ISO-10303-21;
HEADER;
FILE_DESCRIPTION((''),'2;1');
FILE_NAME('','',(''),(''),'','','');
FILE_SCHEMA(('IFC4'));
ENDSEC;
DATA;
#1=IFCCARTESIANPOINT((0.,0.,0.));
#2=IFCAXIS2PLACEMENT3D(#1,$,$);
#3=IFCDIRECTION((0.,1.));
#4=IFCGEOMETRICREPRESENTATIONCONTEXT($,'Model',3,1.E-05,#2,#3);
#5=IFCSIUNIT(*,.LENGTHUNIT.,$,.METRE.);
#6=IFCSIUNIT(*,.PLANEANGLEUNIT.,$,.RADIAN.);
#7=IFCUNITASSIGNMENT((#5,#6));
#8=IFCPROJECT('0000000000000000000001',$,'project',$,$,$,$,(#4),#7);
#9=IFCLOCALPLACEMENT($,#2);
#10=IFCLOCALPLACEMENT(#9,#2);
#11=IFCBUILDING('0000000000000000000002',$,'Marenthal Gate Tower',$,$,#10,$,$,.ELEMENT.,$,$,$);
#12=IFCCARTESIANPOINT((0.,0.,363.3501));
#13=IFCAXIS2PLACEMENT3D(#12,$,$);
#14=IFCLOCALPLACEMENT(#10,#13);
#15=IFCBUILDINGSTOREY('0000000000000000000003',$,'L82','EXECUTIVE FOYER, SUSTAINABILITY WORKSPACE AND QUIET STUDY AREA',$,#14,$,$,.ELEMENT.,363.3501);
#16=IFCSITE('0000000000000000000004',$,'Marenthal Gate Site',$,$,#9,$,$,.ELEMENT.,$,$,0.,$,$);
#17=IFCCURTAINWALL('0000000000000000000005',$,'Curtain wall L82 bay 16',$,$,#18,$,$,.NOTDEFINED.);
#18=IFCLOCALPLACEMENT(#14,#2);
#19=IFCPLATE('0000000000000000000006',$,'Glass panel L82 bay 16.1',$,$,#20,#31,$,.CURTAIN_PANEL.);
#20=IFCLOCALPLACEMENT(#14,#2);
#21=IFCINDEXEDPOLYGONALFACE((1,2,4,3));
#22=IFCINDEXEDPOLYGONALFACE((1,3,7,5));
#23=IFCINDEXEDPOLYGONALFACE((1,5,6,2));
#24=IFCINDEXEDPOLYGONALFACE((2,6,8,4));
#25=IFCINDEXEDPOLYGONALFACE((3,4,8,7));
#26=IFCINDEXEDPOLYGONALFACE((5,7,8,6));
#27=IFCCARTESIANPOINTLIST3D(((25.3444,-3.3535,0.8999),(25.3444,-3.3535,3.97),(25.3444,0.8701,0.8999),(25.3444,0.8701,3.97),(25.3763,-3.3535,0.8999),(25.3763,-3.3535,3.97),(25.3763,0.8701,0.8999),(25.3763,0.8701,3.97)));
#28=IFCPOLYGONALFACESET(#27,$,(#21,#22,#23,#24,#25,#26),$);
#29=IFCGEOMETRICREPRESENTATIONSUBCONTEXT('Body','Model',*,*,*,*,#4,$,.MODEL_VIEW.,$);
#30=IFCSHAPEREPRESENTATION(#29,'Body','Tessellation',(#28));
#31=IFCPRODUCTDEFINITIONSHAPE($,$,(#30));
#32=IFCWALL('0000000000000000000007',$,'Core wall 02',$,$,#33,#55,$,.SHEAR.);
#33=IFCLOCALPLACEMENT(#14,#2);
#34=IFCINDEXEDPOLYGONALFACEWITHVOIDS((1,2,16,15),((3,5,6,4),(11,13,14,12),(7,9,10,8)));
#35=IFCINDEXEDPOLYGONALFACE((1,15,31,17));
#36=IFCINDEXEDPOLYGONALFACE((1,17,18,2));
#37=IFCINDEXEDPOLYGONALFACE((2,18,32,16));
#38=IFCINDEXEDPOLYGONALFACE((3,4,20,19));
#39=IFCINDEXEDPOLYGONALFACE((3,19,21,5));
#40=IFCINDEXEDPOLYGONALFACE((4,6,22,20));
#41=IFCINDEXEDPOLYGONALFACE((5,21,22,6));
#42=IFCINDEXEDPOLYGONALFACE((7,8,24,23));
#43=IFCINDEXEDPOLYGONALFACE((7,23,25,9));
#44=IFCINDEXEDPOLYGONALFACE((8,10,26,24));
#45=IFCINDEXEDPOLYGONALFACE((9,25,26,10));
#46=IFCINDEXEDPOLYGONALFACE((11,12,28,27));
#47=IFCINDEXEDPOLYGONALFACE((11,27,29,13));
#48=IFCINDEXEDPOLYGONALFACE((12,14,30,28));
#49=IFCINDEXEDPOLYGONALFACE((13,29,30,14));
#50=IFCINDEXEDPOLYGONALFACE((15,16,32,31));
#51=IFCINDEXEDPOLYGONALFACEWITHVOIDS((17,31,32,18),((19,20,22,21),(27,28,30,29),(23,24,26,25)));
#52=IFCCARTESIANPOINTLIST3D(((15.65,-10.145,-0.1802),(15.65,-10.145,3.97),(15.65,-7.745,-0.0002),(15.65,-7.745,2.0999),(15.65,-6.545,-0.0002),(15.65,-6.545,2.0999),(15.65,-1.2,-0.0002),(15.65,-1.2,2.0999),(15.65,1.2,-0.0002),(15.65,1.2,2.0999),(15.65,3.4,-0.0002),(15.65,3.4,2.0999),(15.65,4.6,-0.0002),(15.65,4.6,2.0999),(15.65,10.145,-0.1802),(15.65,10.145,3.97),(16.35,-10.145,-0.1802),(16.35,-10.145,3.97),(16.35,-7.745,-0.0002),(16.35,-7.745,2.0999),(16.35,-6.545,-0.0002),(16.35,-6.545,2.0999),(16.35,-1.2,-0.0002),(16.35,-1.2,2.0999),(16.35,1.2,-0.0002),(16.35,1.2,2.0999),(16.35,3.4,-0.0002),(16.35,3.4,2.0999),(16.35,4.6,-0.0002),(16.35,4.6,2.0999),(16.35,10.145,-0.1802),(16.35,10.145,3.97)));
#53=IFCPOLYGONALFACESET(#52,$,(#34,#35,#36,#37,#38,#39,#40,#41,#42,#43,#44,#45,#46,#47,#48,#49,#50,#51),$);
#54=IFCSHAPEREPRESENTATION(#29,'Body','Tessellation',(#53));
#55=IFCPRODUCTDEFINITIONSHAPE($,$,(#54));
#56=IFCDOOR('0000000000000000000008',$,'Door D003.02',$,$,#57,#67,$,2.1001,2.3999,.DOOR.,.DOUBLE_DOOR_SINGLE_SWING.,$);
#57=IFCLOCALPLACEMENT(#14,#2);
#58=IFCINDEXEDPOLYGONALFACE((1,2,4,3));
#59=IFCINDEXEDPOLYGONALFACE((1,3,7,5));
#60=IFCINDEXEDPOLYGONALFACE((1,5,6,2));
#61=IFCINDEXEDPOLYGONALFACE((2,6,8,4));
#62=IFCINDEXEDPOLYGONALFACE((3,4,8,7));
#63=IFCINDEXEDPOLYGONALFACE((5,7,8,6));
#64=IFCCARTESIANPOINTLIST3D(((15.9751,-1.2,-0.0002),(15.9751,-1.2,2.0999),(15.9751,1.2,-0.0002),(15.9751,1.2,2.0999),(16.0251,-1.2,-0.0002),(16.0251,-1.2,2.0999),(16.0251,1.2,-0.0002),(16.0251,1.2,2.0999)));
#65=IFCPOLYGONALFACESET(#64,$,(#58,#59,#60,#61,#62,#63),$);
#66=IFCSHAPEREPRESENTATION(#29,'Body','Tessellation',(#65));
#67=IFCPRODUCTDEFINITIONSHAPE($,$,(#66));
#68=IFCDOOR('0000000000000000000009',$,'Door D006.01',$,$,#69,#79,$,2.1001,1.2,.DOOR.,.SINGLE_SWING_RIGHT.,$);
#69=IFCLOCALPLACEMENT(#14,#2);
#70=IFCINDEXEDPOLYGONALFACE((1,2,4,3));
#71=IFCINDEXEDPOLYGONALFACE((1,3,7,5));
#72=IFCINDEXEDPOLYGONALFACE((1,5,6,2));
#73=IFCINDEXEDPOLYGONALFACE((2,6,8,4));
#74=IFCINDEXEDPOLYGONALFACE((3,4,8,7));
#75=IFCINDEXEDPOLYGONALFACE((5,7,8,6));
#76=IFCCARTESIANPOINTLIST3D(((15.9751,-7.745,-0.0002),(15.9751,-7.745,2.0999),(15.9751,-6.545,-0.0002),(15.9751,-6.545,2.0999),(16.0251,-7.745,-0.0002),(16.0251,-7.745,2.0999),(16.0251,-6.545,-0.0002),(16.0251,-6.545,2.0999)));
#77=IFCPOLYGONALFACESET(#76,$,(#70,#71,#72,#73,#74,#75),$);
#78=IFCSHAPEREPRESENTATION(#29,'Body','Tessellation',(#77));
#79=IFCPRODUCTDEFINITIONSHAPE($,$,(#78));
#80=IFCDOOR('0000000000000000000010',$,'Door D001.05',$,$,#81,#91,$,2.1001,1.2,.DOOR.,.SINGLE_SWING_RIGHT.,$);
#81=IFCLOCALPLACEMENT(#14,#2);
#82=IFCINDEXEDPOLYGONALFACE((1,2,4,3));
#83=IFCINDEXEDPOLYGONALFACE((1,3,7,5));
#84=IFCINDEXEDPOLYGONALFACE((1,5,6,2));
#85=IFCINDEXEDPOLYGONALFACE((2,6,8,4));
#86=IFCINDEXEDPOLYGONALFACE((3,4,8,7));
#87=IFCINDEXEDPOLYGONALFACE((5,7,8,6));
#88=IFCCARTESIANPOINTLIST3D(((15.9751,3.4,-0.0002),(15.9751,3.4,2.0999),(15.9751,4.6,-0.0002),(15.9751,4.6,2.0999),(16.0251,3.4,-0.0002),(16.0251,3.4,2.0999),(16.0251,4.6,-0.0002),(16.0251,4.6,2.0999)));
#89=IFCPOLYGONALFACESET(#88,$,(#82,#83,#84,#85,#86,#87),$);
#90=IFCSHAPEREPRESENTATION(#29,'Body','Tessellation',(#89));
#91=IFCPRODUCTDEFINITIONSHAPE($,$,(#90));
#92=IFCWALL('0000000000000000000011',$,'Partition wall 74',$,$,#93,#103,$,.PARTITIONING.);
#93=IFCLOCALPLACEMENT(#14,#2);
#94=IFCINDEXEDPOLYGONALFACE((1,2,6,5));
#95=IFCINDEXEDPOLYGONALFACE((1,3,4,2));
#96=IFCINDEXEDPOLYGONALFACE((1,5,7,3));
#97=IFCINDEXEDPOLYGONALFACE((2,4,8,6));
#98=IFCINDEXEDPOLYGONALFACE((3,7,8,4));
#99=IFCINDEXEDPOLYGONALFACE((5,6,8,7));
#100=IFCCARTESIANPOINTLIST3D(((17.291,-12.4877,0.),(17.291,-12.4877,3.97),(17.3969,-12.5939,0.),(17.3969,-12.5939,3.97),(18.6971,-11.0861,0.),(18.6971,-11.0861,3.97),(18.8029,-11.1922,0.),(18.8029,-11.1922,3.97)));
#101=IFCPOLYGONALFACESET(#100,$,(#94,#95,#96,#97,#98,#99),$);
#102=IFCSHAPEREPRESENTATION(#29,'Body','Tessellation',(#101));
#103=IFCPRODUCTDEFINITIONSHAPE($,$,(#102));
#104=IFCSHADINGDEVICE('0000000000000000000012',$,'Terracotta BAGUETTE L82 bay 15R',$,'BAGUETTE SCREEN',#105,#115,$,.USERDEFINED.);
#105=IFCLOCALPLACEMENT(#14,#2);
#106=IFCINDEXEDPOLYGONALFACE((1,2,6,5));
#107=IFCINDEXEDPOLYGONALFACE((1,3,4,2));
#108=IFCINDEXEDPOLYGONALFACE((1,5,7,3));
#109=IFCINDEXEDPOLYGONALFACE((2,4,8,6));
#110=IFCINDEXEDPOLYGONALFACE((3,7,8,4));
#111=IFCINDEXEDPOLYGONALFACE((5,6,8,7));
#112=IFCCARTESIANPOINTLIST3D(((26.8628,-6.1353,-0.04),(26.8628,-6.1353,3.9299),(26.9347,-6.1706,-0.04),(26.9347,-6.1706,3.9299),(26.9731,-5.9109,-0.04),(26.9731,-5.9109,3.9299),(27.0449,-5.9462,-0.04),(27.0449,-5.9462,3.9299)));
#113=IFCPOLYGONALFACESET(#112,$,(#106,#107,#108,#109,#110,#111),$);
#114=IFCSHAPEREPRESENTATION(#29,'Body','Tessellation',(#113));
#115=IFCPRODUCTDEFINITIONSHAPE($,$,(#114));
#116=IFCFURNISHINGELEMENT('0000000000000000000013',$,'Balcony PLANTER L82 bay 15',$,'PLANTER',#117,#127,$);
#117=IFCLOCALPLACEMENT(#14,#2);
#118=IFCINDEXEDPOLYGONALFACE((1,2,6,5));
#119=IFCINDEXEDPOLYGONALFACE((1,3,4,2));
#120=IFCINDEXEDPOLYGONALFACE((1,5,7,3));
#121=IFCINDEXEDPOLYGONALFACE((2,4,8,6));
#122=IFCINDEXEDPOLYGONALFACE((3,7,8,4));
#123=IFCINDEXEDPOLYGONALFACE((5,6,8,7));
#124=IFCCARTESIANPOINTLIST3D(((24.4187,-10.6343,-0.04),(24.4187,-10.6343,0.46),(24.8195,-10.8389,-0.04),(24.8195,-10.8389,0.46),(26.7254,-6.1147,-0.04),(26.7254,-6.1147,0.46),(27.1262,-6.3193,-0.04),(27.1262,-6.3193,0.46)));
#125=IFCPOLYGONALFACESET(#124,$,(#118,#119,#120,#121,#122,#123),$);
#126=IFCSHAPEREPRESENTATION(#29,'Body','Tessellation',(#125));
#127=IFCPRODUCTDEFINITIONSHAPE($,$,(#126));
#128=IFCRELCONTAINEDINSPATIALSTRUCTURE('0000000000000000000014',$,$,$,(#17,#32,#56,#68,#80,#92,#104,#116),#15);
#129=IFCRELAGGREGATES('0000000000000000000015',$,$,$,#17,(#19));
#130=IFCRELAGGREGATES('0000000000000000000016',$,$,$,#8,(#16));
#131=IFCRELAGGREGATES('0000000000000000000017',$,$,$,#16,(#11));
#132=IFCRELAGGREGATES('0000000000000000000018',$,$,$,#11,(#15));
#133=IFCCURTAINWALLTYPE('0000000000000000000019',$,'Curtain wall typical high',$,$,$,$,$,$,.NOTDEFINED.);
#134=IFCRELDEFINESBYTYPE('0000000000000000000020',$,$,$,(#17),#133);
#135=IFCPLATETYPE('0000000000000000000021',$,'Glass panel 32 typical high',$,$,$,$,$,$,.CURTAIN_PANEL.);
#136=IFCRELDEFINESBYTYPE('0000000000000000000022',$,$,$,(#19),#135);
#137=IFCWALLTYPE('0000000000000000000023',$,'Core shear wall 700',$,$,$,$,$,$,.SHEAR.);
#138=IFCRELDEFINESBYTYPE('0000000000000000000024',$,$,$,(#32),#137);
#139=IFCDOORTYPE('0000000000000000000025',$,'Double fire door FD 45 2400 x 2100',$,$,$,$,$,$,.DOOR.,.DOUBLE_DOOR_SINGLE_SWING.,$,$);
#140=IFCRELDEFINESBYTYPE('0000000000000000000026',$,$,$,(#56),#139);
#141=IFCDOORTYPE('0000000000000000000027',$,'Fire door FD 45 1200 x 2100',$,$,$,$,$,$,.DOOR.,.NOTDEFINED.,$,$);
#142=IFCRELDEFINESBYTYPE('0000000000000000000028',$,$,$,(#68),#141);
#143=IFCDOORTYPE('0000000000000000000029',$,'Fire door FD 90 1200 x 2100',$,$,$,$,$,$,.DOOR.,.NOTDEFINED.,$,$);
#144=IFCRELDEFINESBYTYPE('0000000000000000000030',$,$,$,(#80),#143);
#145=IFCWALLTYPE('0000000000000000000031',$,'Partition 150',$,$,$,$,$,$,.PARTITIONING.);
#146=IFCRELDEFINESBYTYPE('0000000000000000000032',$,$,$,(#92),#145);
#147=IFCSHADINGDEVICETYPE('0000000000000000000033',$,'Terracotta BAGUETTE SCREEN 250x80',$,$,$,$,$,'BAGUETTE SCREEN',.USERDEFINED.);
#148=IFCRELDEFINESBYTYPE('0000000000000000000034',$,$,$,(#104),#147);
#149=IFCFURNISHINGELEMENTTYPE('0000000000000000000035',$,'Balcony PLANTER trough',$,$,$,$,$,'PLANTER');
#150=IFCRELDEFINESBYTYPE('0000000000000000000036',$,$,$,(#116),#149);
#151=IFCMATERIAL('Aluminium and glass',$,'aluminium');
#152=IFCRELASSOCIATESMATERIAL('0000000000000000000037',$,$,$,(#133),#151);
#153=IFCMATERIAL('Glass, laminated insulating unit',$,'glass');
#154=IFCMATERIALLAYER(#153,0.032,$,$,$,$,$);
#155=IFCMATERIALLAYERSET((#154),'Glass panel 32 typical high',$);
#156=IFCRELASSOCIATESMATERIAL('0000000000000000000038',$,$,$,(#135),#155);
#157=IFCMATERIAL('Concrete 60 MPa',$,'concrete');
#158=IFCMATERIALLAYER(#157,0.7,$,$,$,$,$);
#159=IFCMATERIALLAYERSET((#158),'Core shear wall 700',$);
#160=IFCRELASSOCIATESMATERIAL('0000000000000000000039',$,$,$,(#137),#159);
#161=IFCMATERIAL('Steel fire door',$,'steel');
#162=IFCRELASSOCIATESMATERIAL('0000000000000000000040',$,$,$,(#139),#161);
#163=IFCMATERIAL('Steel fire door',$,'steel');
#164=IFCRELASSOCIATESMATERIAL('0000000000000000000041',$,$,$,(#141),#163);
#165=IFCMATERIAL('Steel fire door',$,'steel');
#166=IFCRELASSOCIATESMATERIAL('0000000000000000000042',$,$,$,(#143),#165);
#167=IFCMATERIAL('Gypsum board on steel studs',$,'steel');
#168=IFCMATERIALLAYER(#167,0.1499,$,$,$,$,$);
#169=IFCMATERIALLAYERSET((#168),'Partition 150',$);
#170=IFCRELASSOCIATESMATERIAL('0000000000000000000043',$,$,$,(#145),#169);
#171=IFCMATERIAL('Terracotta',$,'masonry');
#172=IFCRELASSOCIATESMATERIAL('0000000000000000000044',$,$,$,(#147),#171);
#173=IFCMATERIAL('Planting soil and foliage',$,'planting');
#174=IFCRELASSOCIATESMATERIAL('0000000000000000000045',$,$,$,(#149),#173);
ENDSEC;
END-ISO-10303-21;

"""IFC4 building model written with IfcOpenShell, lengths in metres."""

from ifc_helpers import new_model, si_unit, direction, frame, frame_2d, origin, origin_2d, place, context, subcontext, project, spatial, rectangle, extrude, material, layer, layer_set, material_profile, profile_set, type_object, element, fill, aggregate, save


model = new_model("IFC4")

# Units and contexts
model_context = context("Model", 3, precision=1e-05, world=origin(), true_north=direction((0.0, 1.0)))
body_context = subcontext(model_context, "Body", "Model", "MODEL_VIEW")
ifc_project = project(units=[si_unit("LENGTHUNIT", "METRE"), si_unit("PLANEANGLEUNIT", "RADIAN")], contexts=[model_context])

# Site, building, storey
site_placement = place(None, origin())
site = spatial("IfcSite", under=ifc_project, at=site_placement, Name="Marenthal Gate Site", CompositionType="ELEMENT", RefElevation=0.0)
building_placement = place(site_placement, origin())
building = spatial("IfcBuilding", under=site, at=building_placement, Name="Marenthal Gate Tower", CompositionType="ELEMENT")
storey_placement = place(building_placement, frame((0.0, 0.0, 363.3501)))
storey = spatial("IfcBuildingStorey", under=building, at=storey_placement, Name="L82", Description="EXECUTIVE FOYER, SUSTAINABILITY WORKSPACE AND QUIET STUDY AREA", CompositionType="ELEMENT", Elevation=363.3501)

# Curtain wall
ifc_material_1 = material(Name="Aluminium and glass", Category="aluminium")
curtain_wall_type = type_object("IfcCurtainWallType", Name="Curtain wall typical high", PredefinedType="NOTDEFINED", material=ifc_material_1)
curtain_wall_placement = place(storey_placement, origin())
curtain_wall = element("IfcCurtainWall", 1, at=curtain_wall_placement, inside=storey, type_object=curtain_wall_type, Name="Curtain wall L82 bay 16", PredefinedType="NOTDEFINED")

# Plate
ifc_material_2 = material(Name="Glass, laminated insulating unit", Category="glass")
ifc_layer_1 = layer(ifc_material_2, 0.032)
ifc_layer_set_1 = layer_set([ifc_layer_1], Name="Glass panel 32 typical high")
plate_type = type_object("IfcPlateType", Name="Glass panel 32 typical high", PredefinedType="CURTAIN_PANEL", material=ifc_layer_set_1)
plate_placement = place(storey_placement, frame((25.3604, -1.2417, 0.8999), z_axis=(0.0, 0.0, 1.0), x_axis=(0.0, 1.0, 0.0)))
plate = element("IfcPlate", 2, at=plate_placement, type_object=plate_type, Name="Glass panel L82 bay 16.1", PredefinedType="CURTAIN_PANEL", context=body_context, shape_type="SweptSolid", body=[
    extrude(rectangle(XDim=4.2236, YDim=0.032, at=origin_2d()), origin(), (0.0, 0.0, 1.0), 3.0701),
])
aggregate(curtain_wall, [plate])

# Wall, openings, doors
ifc_material_3 = material(Name="Concrete 60 MPa", Category="concrete")
ifc_layer_2 = layer(ifc_material_3, 0.7)
ifc_layer_set_2 = layer_set([ifc_layer_2], Name="Core shear wall 700")
wall_type_1 = type_object("IfcWallType", Name="Core shear wall 700", PredefinedType="SHEAR", material=ifc_layer_set_2)
wall_1_placement = place(storey_placement, frame((16.0, -10.145, -0.1802), z_axis=(0.0, 0.0, 1.0), x_axis=(0.0, 1.0, 0.0)))
wall_1 = element("IfcWall", 3, at=wall_1_placement, inside=storey, type_object=wall_type_1, Name="Core wall 02", PredefinedType="SHEAR", context=body_context, shape_type="SweptSolid", body=[
    extrude(rectangle(XDim=20.29, YDim=0.7, at=frame_2d((10.145, 0.0))), origin(), (0.0, 0.0, 1.0), 4.1501),
])
opening_1_placement = place(wall_1_placement, frame((8.9451, 0.0, 0.1799)))
opening_1 = element("IfcOpeningElement", 4, at=opening_1_placement, cuts=wall_1, PredefinedType="OPENING", context=body_context, shape_type="SweptSolid", body=[
    extrude(rectangle(XDim=2.3999, YDim=2.1001, at=frame_2d((1.2, 1.05))), frame((0.0, 0.3599, 0.0), z_axis=(0.0, -1.0, 0.0), x_axis=(1.0, 0.0, 0.0)), (0.0, 0.0, 1.0), 0.72),
])
opening_2_placement = place(wall_1_placement, frame((13.5449, 0.0, 0.1799)))
opening_2 = element("IfcOpeningElement", 5, at=opening_2_placement, cuts=wall_1, PredefinedType="OPENING", context=body_context, shape_type="SweptSolid", body=[
    extrude(rectangle(XDim=1.2, YDim=2.1001, at=frame_2d((0.6001, 1.05))), frame((0.0, 0.3599, 0.0), z_axis=(0.0, -1.0, 0.0), x_axis=(1.0, 0.0, 0.0)), (0.0, 0.0, 1.0), 0.72),
])
opening_3_placement = place(wall_1_placement, frame((2.3999, 0.0, 0.1799)))
opening_3 = element("IfcOpeningElement", 6, at=opening_3_placement, cuts=wall_1, PredefinedType="OPENING", context=body_context, shape_type="SweptSolid", body=[
    extrude(rectangle(XDim=1.2, YDim=2.1001, at=frame_2d((0.6001, 1.05))), frame((0.0, 0.3599, 0.0), z_axis=(0.0, -1.0, 0.0), x_axis=(1.0, 0.0, 0.0)), (0.0, 0.0, 1.0), 0.72),
])
ifc_material_4 = material(Name="Steel fire door", Category="steel")
door_type_1 = type_object("IfcDoorType", Name="Double fire door FD 45 2400 x 2100", OperationType="DOUBLE_DOOR_SINGLE_SWING", PredefinedType="DOOR", material=ifc_material_4)
door_1_placement = place(opening_1_placement, origin())
door_1 = element("IfcDoor", 7, at=door_1_placement, inside=storey, type_object=door_type_1, Name="Door D003.02", OperationType="DOUBLE_DOOR_SINGLE_SWING", OverallHeight=2.1001, OverallWidth=2.3999, PredefinedType="DOOR", context=body_context, shape_type="SweptSolid", body=[
    extrude(rectangle(XDim=2.3999, YDim=2.1001, at=frame_2d((1.2, 1.05))), frame((0.0, 0.0249, 0.0), z_axis=(0.0, -1.0, 0.0), x_axis=(1.0, 0.0, 0.0)), (0.0, 0.0, 1.0), 0.05),
])
fill(opening_1, door_1)
ifc_material_5 = material(Name="Steel fire door", Category="steel")
door_type_2 = type_object("IfcDoorType", Name="Fire door FD 45 1200 x 2100", OperationType="NOTDEFINED", PredefinedType="DOOR", material=ifc_material_5)
door_2_placement = place(opening_3_placement, origin())
door_2 = element("IfcDoor", 8, at=door_2_placement, inside=storey, type_object=door_type_2, Name="Door D006.01", OperationType="SINGLE_SWING_RIGHT", OverallHeight=2.1001, OverallWidth=1.2, PredefinedType="DOOR", context=body_context, shape_type="SweptSolid", body=[
    extrude(rectangle(XDim=1.2, YDim=2.1001, at=frame_2d((0.6001, 1.05))), frame((0.0, 0.0249, 0.0), z_axis=(0.0, -1.0, 0.0), x_axis=(1.0, 0.0, 0.0)), (0.0, 0.0, 1.0), 0.05),
])
fill(opening_3, door_2)
ifc_material_6 = material(Name="Steel fire door", Category="steel")
door_type_3 = type_object("IfcDoorType", Name="Fire door FD 90 1200 x 2100", OperationType="NOTDEFINED", PredefinedType="DOOR", material=ifc_material_6)
door_3_placement = place(opening_2_placement, origin())
door_3 = element("IfcDoor", 9, at=door_3_placement, inside=storey, type_object=door_type_3, Name="Door D001.05", OperationType="SINGLE_SWING_RIGHT", OverallHeight=2.1001, OverallWidth=1.2, PredefinedType="DOOR", context=body_context, shape_type="SweptSolid", body=[
    extrude(rectangle(XDim=1.2, YDim=2.1001, at=frame_2d((0.6001, 1.05))), frame((0.0, 0.0249, 0.0), z_axis=(0.0, -1.0, 0.0), x_axis=(1.0, 0.0, 0.0)), (0.0, 0.0, 1.0), 0.05),
])
fill(opening_2, door_3)

# Wall
ifc_material_7 = material(Name="Gypsum board on steel studs", Category="steel")
ifc_layer_3 = layer(ifc_material_7, 0.1499)
ifc_layer_set_3 = layer_set([ifc_layer_3], Name="Partition 150")
wall_type_2 = type_object("IfcWallType", Name="Partition 150", PredefinedType="PARTITIONING", material=ifc_layer_set_3)
wall_2_placement = place(storey_placement, frame((18.75, -11.1392, 0.0), z_axis=(0.0, 0.0, 1.0), x_axis=(-0.708213, -0.705999, 0.0)))
element("IfcWall", 10, at=wall_2_placement, inside=storey, type_object=wall_type_2, Name="Partition wall 74", PredefinedType="PARTITIONING", context=body_context, shape_type="SweptSolid", body=[
    extrude(rectangle(XDim=1.9854, YDim=0.1499, at=frame_2d((0.9927, 0.0))), origin(), (0.0, 0.0, 1.0), 3.97),
])

# Shading device
ifc_material_8 = material(Name="Terracotta", Category="masonry")
ifc_material_profile_1 = material_profile(ifc_material_8, rectangle(XDim=0.25, YDim=0.0801, at=origin_2d()), Name="Terracotta baguette 250x80")
ifc_profile_set_1 = profile_set([ifc_material_profile_1], Name="Terracotta")
shading_device_type = type_object("IfcShadingDeviceType", Name="Terracotta BAGUETTE SCREEN 250x80", ElementType="BAGUETTE SCREEN", PredefinedType="USERDEFINED", material=ifc_profile_set_1)
shading_device_placement = place(storey_placement, frame((26.9539, -6.0408, -0.04), z_axis=(0.0, 0.0, 1.0), x_axis=(0.441063, 0.897476, 0.0)))
element("IfcShadingDevice", 11, at=shading_device_placement, inside=storey, type_object=shading_device_type, Name="Terracotta BAGUETTE L82 bay 15R", ObjectType="BAGUETTE SCREEN", PredefinedType="USERDEFINED", context=body_context, shape_type="SweptSolid", body=[
    extrude(rectangle(XDim=0.25, YDim=0.0801, at=origin_2d()), origin(), (0.0, 0.0, 1.0), 3.97),
])

# Furnishing element
ifc_material_9 = material(Name="Planting soil and foliage", Category="planting")
furnishing_element_type = type_object("IfcFurnishingElementType", Name="Balcony PLANTER trough", ElementType="PLANTER", material=ifc_material_9)
furnishing_placement = place(storey_placement, frame((25.7725, -8.4768, -0.04), z_axis=(0.0, 0.0, 1.0), x_axis=(0.454596, 0.890698, 0.0)))
element("IfcFurnishingElement", 12, at=furnishing_placement, inside=storey, type_object=furnishing_element_type, Name="Balcony PLANTER L82 bay 15", ObjectType="PLANTER", context=body_context, shape_type="SweptSolid", body=[
    extrude(rectangle(XDim=5.0742, YDim=0.45, at=origin_2d()), origin(), (0.0, 0.0, 1.0), 0.5),
])

save(model, "model.ifc")
